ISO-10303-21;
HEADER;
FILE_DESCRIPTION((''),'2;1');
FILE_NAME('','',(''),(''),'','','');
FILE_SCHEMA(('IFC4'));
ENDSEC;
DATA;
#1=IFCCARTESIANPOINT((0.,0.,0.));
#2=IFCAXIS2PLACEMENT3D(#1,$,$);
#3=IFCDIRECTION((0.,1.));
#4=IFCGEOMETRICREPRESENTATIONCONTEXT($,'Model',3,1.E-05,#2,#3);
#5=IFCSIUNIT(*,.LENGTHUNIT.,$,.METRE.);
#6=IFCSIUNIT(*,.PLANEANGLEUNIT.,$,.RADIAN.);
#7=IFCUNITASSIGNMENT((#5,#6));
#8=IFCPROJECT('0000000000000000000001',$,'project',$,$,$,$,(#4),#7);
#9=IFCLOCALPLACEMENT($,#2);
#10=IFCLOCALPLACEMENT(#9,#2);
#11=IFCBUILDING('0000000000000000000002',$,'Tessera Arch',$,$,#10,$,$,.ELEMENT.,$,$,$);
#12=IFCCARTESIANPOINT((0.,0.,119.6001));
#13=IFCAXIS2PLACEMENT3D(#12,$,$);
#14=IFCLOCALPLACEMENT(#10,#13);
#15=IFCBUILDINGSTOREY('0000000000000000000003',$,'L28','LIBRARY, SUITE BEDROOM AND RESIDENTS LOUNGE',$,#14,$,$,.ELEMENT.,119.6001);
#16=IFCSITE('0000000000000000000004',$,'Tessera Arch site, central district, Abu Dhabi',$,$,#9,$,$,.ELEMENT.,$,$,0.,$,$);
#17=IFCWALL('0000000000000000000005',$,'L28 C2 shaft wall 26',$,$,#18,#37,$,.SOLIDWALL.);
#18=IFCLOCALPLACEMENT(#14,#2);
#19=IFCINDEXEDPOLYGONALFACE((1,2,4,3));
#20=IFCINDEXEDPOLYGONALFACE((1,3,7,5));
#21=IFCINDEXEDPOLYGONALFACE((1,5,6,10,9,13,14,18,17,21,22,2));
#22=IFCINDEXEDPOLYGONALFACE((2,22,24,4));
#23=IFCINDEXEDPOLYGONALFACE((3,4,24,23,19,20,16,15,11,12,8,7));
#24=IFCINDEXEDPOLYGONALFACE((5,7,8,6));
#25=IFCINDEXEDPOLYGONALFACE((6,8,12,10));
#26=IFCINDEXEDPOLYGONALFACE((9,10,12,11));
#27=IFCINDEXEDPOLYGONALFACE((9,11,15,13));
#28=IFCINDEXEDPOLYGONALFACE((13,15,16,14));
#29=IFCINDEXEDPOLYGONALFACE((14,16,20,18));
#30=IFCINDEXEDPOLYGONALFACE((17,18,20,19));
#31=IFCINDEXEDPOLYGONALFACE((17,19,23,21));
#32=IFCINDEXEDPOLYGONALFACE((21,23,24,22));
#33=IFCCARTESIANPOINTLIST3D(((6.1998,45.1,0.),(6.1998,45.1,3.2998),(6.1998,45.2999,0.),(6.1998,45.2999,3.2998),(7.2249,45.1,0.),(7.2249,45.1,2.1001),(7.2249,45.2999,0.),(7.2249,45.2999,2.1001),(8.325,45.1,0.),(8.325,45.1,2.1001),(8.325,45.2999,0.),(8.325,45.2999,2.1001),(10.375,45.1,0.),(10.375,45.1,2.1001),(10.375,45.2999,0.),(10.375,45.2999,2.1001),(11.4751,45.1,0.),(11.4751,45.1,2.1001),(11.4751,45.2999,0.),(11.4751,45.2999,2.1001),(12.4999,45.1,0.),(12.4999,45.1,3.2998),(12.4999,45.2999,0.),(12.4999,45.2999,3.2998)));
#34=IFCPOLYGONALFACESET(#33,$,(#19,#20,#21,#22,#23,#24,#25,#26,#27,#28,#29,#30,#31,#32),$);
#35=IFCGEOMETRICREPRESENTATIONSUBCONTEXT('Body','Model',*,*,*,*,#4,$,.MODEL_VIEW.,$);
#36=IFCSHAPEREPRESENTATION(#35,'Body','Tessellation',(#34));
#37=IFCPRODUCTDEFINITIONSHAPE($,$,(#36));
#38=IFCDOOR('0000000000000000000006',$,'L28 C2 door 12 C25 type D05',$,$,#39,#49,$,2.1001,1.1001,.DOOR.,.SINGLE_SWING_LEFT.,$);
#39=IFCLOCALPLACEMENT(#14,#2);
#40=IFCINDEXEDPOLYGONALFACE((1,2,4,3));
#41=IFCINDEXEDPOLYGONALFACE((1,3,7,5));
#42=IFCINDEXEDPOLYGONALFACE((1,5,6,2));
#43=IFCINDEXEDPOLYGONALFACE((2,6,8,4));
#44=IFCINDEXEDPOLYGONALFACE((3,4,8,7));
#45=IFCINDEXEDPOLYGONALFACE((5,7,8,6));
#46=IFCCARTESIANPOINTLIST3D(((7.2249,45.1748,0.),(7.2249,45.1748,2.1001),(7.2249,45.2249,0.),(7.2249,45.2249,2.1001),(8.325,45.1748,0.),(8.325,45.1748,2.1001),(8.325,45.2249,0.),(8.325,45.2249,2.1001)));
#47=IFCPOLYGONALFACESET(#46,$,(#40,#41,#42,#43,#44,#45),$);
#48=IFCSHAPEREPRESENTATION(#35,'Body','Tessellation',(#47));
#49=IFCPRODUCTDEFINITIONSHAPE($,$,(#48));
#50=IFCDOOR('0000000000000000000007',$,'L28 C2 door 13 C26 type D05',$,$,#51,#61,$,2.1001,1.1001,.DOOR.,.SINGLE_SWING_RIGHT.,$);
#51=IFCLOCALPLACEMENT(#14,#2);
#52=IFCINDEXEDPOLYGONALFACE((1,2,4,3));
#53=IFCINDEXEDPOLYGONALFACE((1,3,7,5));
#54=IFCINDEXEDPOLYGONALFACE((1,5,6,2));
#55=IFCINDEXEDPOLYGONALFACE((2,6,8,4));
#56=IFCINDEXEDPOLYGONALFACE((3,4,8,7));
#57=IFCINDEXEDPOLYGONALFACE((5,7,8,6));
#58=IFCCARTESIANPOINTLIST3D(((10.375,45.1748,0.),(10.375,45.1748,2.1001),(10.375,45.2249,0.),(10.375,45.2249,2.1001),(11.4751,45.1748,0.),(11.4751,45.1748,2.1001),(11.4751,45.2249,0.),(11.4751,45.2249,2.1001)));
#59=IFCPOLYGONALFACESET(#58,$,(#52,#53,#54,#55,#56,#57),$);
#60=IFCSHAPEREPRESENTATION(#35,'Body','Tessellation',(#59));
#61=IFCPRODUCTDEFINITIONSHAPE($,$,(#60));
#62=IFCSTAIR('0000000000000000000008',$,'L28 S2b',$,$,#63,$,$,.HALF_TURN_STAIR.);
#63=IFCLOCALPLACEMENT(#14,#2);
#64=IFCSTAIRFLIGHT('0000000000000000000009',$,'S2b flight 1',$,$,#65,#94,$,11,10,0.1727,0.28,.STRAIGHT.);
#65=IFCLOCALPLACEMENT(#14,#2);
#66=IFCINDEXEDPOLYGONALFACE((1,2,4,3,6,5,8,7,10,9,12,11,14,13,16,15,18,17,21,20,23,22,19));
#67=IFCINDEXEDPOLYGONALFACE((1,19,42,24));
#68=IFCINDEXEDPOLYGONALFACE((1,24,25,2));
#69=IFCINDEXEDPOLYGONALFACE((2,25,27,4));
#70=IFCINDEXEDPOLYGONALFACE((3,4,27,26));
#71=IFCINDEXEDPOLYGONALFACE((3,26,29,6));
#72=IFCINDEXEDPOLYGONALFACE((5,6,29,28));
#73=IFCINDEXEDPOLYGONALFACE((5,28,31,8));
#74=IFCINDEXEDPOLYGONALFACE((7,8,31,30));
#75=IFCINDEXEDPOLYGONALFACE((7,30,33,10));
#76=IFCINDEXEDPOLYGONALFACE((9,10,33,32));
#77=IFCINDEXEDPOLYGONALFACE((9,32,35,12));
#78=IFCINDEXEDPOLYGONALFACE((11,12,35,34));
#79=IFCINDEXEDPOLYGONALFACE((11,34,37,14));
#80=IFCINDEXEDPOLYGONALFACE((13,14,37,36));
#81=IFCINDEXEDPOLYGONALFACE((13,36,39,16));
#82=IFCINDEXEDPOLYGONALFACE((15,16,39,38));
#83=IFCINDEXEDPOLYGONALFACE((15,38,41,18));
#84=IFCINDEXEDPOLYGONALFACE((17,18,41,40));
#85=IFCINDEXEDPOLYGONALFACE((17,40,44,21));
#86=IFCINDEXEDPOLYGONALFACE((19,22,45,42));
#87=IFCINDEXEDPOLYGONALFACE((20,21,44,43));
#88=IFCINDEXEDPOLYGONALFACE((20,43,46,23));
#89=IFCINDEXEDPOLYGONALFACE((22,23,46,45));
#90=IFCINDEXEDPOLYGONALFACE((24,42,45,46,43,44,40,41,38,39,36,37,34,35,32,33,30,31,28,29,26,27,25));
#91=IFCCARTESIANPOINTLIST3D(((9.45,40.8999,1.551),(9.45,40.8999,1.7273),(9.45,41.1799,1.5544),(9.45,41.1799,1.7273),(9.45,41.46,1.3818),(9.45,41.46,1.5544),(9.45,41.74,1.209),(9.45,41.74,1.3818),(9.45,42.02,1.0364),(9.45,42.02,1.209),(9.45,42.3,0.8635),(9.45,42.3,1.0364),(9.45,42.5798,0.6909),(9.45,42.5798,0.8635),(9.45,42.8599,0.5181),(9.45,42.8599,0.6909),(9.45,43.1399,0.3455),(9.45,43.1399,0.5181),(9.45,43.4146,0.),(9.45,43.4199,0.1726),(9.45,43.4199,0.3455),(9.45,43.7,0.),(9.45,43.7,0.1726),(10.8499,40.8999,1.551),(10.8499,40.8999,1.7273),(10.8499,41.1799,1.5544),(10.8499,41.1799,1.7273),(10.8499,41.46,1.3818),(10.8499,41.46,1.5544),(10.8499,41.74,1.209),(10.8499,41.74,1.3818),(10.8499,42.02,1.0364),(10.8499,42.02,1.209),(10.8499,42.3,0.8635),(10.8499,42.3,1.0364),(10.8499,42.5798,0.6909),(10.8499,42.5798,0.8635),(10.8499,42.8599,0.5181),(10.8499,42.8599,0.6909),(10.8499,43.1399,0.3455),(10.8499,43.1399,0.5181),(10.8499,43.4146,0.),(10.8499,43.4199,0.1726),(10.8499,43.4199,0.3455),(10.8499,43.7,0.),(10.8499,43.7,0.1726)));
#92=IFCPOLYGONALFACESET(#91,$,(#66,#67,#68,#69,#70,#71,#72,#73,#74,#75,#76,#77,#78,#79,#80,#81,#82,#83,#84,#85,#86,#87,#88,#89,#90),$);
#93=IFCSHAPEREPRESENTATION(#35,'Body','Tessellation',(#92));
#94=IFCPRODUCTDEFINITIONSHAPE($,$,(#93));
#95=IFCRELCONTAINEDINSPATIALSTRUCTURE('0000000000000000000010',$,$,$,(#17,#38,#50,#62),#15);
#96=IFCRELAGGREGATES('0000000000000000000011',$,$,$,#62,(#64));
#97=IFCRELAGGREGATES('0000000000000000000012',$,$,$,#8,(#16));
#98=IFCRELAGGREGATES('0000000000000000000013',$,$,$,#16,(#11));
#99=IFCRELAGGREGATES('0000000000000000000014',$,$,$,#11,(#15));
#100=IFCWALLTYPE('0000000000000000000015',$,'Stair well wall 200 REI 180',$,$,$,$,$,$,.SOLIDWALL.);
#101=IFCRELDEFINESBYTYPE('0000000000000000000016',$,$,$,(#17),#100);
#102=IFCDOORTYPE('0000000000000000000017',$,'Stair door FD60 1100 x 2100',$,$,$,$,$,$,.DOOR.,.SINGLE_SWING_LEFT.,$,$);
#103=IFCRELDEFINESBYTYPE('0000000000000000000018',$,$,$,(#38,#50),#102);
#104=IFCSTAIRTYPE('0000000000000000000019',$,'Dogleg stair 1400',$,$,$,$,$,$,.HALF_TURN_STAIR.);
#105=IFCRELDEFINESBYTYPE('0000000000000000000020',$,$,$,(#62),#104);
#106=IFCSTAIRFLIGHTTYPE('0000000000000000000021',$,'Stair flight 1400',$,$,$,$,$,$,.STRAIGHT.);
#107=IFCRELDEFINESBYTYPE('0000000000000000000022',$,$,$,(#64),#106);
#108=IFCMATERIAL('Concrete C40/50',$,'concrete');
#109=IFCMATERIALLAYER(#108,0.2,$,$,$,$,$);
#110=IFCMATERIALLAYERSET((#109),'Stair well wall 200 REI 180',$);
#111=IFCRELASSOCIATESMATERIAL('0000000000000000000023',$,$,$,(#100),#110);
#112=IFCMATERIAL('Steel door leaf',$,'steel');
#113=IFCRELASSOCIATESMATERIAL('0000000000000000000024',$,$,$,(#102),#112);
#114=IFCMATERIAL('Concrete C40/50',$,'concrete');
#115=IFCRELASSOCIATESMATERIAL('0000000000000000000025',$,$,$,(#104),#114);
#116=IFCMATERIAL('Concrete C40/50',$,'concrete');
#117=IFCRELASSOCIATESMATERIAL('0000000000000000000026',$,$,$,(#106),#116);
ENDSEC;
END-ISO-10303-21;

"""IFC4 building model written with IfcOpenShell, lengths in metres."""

from ifc_helpers import new_model, si_unit, direction, frame, frame_2d, origin, place, context, subcontext, project, spatial, polyline, rectangle, outline, extrude, material, layer, layer_set, type_object, element, fill, aggregate, save


model = new_model("IFC4")

# Units and contexts
model_context = context("Model", 3, precision=1e-05, world=origin(), true_north=direction((0.0, 1.0)))
body_context = subcontext(model_context, "Body", "Model", "MODEL_VIEW")
ifc_project = project(units=[si_unit("LENGTHUNIT", "METRE"), si_unit("PLANEANGLEUNIT", "RADIAN")], contexts=[model_context])

# Site, building, storey
site_placement = place(None, origin())
site = spatial("IfcSite", under=ifc_project, at=site_placement, Name="Tessera Arch site, central district, Abu Dhabi", CompositionType="ELEMENT", RefElevation=0.0)
building_placement = place(site_placement, origin())
building = spatial("IfcBuilding", under=site, at=building_placement, Name="Tessera Arch", CompositionType="ELEMENT")
storey_placement = place(building_placement, frame((0.0, 0.0, 119.6001)))
storey = spatial("IfcBuildingStorey", under=building, at=storey_placement, Name="L28", Description="LIBRARY, SUITE BEDROOM AND RESIDENTS LOUNGE", CompositionType="ELEMENT", Elevation=119.6001)

# Wall, openings, doors
ifc_material_1 = material(Name="Concrete C40/50", Category="concrete")
ifc_layer_1 = layer(ifc_material_1, 0.2)
ifc_layer_set_1 = layer_set([ifc_layer_1], Name="Stair well wall 200 REI 180")
wall_type_1 = type_object("IfcWallType", Name="Stair well wall 200 REI 180", PredefinedType="SOLIDWALL", material=ifc_layer_set_1)
wall_1_placement = place(storey_placement, frame((6.2, 45.2, 0.0), z_axis=(0.0, 0.0, 1.0), x_axis=(1.0, 0.0, 0.0)))
wall_1 = element("IfcWall", 1, at=wall_1_placement, inside=storey, type_object=wall_type_1, Name="L28 C2 shaft wall 26", PredefinedType="SOLIDWALL", context=body_context, shape_type="SweptSolid", body=[
    extrude(rectangle(XDim=6.3, YDim=0.2, at=frame_2d((3.1499, 0.0))), origin(), (0.0, 0.0, 1.0), 3.2998),
])
opening_1_placement = place(wall_1_placement, frame((1.0249, 0.0, 0.0)))
opening_1 = element("IfcOpeningElement", 2, at=opening_1_placement, cuts=wall_1, PredefinedType="OPENING", context=body_context, shape_type="SweptSolid", body=[
    extrude(rectangle(XDim=1.1001, YDim=2.1001, at=frame_2d((0.55, 1.05))), frame((0.0, 0.1099, 0.0), z_axis=(0.0, -1.0, 0.0), x_axis=(1.0, 0.0, 0.0)), (0.0, 0.0, 1.0), 0.22),
])
opening_2_placement = place(wall_1_placement, frame((4.175, 0.0, 0.0)))
opening_2 = element("IfcOpeningElement", 3, at=opening_2_placement, cuts=wall_1, PredefinedType="OPENING", context=body_context, shape_type="SweptSolid", body=[
    extrude(rectangle(XDim=1.1001, YDim=2.1001, at=frame_2d((0.55, 1.05))), frame((0.0, 0.1099, 0.0), z_axis=(0.0, -1.0, 0.0), x_axis=(1.0, 0.0, 0.0)), (0.0, 0.0, 1.0), 0.22),
])
ifc_material_2 = material(Name="Steel door leaf", Category="steel")
door_type_1 = type_object("IfcDoorType", Name="Stair door FD60 1100 x 2100", OperationType="SINGLE_SWING_LEFT", PredefinedType="DOOR", material=ifc_material_2)
door_1_placement = place(opening_1_placement, origin())
door_1 = element("IfcDoor", 4, at=door_1_placement, inside=storey, type_object=door_type_1, Name="L28 C2 door 12 C25 type D05", OperationType="SINGLE_SWING_LEFT", OverallHeight=2.1001, OverallWidth=1.1001, PredefinedType="DOOR", context=body_context, shape_type="SweptSolid", body=[
    extrude(rectangle(XDim=1.1001, YDim=2.1001, at=frame_2d((0.55, 1.05))), frame((0.0, 0.0249, 0.0), z_axis=(0.0, -1.0, 0.0), x_axis=(1.0, 0.0, 0.0)), (0.0, 0.0, 1.0), 0.05),
])
fill(opening_1, door_1)
door_2_placement = place(opening_2_placement, origin())
door_2 = element("IfcDoor", 5, at=door_2_placement, inside=storey, type_object=door_type_1, Name="L28 C2 door 13 C26 type D05", OperationType="SINGLE_SWING_RIGHT", OverallHeight=2.1001, OverallWidth=1.1001, PredefinedType="DOOR", context=body_context, shape_type="SweptSolid", body=[
    extrude(rectangle(XDim=1.1001, YDim=2.1001, at=frame_2d((0.55, 1.05))), frame((0.0, 0.0249, 0.0), z_axis=(0.0, -1.0, 0.0), x_axis=(1.0, 0.0, 0.0)), (0.0, 0.0, 1.0), 0.05),
])
fill(opening_2, door_2)

# Stair, stair flight
ifc_material_3 = material(Name="Concrete C40/50", Category="concrete")
stair_type = type_object("IfcStairType", Name="Dogleg stair 1400", PredefinedType="HALF_TURN_STAIR", material=ifc_material_3)
stair_placement = place(storey_placement, origin())
stair = element("IfcStair", 6, at=stair_placement, inside=storey, type_object=stair_type, Name="L28 S2b", PredefinedType="HALF_TURN_STAIR")
ifc_material_4 = material(Name="Concrete C40/50", Category="concrete")
stair_flight_type = type_object("IfcStairFlightType", Name="Stair flight 1400", PredefinedType="STRAIGHT", material=ifc_material_4)
stair_flight_placement = place(storey_placement, frame((10.1499, 43.7, 0.0), z_axis=(0.0, 0.0, 1.0), x_axis=(0.0, -1.0, 0.0)))
stair_flight = element("IfcStairFlight", 7, at=stair_flight_placement, type_object=stair_flight_type, Name="S2b flight 1", NumberOfRisers=11, NumberOfTreads=10, PredefinedType="STRAIGHT", RiserHeight=0.1727, TreadLength=0.28, context=body_context, shape_type="SweptSolid", body=[
    extrude(outline(polyline([(0.0, 0.0), (0.0, 0.1726), (0.28, 0.1726), (0.28, 0.3455), (0.5601, 0.3455), (0.5601, 0.5181), (0.8401, 0.5181), (0.8401, 0.6909), (1.1201, 0.6909), (1.1201, 0.8635), (1.3999, 0.8635), (1.3999, 1.0364), (1.6799, 1.0364), (1.6799, 1.209), (1.96, 1.209), (1.96, 1.3818), (2.24, 1.3818), (2.24, 1.5544), (2.52, 1.5544), (2.52, 1.7273), (2.8, 1.7273), (2.8, 1.8999), (2.8, 1.551), (0.2854, 0.0), (0.0, 0.0)])), frame((0.0, 0.7, 0.0), z_axis=(0.0, -1.0, 0.0), x_axis=(1.0, 0.0, 0.0)), (0.0, 0.0, 1.0), 1.3999),
])
aggregate(stair, [stair_flight])

save(model, "model.ifc")
